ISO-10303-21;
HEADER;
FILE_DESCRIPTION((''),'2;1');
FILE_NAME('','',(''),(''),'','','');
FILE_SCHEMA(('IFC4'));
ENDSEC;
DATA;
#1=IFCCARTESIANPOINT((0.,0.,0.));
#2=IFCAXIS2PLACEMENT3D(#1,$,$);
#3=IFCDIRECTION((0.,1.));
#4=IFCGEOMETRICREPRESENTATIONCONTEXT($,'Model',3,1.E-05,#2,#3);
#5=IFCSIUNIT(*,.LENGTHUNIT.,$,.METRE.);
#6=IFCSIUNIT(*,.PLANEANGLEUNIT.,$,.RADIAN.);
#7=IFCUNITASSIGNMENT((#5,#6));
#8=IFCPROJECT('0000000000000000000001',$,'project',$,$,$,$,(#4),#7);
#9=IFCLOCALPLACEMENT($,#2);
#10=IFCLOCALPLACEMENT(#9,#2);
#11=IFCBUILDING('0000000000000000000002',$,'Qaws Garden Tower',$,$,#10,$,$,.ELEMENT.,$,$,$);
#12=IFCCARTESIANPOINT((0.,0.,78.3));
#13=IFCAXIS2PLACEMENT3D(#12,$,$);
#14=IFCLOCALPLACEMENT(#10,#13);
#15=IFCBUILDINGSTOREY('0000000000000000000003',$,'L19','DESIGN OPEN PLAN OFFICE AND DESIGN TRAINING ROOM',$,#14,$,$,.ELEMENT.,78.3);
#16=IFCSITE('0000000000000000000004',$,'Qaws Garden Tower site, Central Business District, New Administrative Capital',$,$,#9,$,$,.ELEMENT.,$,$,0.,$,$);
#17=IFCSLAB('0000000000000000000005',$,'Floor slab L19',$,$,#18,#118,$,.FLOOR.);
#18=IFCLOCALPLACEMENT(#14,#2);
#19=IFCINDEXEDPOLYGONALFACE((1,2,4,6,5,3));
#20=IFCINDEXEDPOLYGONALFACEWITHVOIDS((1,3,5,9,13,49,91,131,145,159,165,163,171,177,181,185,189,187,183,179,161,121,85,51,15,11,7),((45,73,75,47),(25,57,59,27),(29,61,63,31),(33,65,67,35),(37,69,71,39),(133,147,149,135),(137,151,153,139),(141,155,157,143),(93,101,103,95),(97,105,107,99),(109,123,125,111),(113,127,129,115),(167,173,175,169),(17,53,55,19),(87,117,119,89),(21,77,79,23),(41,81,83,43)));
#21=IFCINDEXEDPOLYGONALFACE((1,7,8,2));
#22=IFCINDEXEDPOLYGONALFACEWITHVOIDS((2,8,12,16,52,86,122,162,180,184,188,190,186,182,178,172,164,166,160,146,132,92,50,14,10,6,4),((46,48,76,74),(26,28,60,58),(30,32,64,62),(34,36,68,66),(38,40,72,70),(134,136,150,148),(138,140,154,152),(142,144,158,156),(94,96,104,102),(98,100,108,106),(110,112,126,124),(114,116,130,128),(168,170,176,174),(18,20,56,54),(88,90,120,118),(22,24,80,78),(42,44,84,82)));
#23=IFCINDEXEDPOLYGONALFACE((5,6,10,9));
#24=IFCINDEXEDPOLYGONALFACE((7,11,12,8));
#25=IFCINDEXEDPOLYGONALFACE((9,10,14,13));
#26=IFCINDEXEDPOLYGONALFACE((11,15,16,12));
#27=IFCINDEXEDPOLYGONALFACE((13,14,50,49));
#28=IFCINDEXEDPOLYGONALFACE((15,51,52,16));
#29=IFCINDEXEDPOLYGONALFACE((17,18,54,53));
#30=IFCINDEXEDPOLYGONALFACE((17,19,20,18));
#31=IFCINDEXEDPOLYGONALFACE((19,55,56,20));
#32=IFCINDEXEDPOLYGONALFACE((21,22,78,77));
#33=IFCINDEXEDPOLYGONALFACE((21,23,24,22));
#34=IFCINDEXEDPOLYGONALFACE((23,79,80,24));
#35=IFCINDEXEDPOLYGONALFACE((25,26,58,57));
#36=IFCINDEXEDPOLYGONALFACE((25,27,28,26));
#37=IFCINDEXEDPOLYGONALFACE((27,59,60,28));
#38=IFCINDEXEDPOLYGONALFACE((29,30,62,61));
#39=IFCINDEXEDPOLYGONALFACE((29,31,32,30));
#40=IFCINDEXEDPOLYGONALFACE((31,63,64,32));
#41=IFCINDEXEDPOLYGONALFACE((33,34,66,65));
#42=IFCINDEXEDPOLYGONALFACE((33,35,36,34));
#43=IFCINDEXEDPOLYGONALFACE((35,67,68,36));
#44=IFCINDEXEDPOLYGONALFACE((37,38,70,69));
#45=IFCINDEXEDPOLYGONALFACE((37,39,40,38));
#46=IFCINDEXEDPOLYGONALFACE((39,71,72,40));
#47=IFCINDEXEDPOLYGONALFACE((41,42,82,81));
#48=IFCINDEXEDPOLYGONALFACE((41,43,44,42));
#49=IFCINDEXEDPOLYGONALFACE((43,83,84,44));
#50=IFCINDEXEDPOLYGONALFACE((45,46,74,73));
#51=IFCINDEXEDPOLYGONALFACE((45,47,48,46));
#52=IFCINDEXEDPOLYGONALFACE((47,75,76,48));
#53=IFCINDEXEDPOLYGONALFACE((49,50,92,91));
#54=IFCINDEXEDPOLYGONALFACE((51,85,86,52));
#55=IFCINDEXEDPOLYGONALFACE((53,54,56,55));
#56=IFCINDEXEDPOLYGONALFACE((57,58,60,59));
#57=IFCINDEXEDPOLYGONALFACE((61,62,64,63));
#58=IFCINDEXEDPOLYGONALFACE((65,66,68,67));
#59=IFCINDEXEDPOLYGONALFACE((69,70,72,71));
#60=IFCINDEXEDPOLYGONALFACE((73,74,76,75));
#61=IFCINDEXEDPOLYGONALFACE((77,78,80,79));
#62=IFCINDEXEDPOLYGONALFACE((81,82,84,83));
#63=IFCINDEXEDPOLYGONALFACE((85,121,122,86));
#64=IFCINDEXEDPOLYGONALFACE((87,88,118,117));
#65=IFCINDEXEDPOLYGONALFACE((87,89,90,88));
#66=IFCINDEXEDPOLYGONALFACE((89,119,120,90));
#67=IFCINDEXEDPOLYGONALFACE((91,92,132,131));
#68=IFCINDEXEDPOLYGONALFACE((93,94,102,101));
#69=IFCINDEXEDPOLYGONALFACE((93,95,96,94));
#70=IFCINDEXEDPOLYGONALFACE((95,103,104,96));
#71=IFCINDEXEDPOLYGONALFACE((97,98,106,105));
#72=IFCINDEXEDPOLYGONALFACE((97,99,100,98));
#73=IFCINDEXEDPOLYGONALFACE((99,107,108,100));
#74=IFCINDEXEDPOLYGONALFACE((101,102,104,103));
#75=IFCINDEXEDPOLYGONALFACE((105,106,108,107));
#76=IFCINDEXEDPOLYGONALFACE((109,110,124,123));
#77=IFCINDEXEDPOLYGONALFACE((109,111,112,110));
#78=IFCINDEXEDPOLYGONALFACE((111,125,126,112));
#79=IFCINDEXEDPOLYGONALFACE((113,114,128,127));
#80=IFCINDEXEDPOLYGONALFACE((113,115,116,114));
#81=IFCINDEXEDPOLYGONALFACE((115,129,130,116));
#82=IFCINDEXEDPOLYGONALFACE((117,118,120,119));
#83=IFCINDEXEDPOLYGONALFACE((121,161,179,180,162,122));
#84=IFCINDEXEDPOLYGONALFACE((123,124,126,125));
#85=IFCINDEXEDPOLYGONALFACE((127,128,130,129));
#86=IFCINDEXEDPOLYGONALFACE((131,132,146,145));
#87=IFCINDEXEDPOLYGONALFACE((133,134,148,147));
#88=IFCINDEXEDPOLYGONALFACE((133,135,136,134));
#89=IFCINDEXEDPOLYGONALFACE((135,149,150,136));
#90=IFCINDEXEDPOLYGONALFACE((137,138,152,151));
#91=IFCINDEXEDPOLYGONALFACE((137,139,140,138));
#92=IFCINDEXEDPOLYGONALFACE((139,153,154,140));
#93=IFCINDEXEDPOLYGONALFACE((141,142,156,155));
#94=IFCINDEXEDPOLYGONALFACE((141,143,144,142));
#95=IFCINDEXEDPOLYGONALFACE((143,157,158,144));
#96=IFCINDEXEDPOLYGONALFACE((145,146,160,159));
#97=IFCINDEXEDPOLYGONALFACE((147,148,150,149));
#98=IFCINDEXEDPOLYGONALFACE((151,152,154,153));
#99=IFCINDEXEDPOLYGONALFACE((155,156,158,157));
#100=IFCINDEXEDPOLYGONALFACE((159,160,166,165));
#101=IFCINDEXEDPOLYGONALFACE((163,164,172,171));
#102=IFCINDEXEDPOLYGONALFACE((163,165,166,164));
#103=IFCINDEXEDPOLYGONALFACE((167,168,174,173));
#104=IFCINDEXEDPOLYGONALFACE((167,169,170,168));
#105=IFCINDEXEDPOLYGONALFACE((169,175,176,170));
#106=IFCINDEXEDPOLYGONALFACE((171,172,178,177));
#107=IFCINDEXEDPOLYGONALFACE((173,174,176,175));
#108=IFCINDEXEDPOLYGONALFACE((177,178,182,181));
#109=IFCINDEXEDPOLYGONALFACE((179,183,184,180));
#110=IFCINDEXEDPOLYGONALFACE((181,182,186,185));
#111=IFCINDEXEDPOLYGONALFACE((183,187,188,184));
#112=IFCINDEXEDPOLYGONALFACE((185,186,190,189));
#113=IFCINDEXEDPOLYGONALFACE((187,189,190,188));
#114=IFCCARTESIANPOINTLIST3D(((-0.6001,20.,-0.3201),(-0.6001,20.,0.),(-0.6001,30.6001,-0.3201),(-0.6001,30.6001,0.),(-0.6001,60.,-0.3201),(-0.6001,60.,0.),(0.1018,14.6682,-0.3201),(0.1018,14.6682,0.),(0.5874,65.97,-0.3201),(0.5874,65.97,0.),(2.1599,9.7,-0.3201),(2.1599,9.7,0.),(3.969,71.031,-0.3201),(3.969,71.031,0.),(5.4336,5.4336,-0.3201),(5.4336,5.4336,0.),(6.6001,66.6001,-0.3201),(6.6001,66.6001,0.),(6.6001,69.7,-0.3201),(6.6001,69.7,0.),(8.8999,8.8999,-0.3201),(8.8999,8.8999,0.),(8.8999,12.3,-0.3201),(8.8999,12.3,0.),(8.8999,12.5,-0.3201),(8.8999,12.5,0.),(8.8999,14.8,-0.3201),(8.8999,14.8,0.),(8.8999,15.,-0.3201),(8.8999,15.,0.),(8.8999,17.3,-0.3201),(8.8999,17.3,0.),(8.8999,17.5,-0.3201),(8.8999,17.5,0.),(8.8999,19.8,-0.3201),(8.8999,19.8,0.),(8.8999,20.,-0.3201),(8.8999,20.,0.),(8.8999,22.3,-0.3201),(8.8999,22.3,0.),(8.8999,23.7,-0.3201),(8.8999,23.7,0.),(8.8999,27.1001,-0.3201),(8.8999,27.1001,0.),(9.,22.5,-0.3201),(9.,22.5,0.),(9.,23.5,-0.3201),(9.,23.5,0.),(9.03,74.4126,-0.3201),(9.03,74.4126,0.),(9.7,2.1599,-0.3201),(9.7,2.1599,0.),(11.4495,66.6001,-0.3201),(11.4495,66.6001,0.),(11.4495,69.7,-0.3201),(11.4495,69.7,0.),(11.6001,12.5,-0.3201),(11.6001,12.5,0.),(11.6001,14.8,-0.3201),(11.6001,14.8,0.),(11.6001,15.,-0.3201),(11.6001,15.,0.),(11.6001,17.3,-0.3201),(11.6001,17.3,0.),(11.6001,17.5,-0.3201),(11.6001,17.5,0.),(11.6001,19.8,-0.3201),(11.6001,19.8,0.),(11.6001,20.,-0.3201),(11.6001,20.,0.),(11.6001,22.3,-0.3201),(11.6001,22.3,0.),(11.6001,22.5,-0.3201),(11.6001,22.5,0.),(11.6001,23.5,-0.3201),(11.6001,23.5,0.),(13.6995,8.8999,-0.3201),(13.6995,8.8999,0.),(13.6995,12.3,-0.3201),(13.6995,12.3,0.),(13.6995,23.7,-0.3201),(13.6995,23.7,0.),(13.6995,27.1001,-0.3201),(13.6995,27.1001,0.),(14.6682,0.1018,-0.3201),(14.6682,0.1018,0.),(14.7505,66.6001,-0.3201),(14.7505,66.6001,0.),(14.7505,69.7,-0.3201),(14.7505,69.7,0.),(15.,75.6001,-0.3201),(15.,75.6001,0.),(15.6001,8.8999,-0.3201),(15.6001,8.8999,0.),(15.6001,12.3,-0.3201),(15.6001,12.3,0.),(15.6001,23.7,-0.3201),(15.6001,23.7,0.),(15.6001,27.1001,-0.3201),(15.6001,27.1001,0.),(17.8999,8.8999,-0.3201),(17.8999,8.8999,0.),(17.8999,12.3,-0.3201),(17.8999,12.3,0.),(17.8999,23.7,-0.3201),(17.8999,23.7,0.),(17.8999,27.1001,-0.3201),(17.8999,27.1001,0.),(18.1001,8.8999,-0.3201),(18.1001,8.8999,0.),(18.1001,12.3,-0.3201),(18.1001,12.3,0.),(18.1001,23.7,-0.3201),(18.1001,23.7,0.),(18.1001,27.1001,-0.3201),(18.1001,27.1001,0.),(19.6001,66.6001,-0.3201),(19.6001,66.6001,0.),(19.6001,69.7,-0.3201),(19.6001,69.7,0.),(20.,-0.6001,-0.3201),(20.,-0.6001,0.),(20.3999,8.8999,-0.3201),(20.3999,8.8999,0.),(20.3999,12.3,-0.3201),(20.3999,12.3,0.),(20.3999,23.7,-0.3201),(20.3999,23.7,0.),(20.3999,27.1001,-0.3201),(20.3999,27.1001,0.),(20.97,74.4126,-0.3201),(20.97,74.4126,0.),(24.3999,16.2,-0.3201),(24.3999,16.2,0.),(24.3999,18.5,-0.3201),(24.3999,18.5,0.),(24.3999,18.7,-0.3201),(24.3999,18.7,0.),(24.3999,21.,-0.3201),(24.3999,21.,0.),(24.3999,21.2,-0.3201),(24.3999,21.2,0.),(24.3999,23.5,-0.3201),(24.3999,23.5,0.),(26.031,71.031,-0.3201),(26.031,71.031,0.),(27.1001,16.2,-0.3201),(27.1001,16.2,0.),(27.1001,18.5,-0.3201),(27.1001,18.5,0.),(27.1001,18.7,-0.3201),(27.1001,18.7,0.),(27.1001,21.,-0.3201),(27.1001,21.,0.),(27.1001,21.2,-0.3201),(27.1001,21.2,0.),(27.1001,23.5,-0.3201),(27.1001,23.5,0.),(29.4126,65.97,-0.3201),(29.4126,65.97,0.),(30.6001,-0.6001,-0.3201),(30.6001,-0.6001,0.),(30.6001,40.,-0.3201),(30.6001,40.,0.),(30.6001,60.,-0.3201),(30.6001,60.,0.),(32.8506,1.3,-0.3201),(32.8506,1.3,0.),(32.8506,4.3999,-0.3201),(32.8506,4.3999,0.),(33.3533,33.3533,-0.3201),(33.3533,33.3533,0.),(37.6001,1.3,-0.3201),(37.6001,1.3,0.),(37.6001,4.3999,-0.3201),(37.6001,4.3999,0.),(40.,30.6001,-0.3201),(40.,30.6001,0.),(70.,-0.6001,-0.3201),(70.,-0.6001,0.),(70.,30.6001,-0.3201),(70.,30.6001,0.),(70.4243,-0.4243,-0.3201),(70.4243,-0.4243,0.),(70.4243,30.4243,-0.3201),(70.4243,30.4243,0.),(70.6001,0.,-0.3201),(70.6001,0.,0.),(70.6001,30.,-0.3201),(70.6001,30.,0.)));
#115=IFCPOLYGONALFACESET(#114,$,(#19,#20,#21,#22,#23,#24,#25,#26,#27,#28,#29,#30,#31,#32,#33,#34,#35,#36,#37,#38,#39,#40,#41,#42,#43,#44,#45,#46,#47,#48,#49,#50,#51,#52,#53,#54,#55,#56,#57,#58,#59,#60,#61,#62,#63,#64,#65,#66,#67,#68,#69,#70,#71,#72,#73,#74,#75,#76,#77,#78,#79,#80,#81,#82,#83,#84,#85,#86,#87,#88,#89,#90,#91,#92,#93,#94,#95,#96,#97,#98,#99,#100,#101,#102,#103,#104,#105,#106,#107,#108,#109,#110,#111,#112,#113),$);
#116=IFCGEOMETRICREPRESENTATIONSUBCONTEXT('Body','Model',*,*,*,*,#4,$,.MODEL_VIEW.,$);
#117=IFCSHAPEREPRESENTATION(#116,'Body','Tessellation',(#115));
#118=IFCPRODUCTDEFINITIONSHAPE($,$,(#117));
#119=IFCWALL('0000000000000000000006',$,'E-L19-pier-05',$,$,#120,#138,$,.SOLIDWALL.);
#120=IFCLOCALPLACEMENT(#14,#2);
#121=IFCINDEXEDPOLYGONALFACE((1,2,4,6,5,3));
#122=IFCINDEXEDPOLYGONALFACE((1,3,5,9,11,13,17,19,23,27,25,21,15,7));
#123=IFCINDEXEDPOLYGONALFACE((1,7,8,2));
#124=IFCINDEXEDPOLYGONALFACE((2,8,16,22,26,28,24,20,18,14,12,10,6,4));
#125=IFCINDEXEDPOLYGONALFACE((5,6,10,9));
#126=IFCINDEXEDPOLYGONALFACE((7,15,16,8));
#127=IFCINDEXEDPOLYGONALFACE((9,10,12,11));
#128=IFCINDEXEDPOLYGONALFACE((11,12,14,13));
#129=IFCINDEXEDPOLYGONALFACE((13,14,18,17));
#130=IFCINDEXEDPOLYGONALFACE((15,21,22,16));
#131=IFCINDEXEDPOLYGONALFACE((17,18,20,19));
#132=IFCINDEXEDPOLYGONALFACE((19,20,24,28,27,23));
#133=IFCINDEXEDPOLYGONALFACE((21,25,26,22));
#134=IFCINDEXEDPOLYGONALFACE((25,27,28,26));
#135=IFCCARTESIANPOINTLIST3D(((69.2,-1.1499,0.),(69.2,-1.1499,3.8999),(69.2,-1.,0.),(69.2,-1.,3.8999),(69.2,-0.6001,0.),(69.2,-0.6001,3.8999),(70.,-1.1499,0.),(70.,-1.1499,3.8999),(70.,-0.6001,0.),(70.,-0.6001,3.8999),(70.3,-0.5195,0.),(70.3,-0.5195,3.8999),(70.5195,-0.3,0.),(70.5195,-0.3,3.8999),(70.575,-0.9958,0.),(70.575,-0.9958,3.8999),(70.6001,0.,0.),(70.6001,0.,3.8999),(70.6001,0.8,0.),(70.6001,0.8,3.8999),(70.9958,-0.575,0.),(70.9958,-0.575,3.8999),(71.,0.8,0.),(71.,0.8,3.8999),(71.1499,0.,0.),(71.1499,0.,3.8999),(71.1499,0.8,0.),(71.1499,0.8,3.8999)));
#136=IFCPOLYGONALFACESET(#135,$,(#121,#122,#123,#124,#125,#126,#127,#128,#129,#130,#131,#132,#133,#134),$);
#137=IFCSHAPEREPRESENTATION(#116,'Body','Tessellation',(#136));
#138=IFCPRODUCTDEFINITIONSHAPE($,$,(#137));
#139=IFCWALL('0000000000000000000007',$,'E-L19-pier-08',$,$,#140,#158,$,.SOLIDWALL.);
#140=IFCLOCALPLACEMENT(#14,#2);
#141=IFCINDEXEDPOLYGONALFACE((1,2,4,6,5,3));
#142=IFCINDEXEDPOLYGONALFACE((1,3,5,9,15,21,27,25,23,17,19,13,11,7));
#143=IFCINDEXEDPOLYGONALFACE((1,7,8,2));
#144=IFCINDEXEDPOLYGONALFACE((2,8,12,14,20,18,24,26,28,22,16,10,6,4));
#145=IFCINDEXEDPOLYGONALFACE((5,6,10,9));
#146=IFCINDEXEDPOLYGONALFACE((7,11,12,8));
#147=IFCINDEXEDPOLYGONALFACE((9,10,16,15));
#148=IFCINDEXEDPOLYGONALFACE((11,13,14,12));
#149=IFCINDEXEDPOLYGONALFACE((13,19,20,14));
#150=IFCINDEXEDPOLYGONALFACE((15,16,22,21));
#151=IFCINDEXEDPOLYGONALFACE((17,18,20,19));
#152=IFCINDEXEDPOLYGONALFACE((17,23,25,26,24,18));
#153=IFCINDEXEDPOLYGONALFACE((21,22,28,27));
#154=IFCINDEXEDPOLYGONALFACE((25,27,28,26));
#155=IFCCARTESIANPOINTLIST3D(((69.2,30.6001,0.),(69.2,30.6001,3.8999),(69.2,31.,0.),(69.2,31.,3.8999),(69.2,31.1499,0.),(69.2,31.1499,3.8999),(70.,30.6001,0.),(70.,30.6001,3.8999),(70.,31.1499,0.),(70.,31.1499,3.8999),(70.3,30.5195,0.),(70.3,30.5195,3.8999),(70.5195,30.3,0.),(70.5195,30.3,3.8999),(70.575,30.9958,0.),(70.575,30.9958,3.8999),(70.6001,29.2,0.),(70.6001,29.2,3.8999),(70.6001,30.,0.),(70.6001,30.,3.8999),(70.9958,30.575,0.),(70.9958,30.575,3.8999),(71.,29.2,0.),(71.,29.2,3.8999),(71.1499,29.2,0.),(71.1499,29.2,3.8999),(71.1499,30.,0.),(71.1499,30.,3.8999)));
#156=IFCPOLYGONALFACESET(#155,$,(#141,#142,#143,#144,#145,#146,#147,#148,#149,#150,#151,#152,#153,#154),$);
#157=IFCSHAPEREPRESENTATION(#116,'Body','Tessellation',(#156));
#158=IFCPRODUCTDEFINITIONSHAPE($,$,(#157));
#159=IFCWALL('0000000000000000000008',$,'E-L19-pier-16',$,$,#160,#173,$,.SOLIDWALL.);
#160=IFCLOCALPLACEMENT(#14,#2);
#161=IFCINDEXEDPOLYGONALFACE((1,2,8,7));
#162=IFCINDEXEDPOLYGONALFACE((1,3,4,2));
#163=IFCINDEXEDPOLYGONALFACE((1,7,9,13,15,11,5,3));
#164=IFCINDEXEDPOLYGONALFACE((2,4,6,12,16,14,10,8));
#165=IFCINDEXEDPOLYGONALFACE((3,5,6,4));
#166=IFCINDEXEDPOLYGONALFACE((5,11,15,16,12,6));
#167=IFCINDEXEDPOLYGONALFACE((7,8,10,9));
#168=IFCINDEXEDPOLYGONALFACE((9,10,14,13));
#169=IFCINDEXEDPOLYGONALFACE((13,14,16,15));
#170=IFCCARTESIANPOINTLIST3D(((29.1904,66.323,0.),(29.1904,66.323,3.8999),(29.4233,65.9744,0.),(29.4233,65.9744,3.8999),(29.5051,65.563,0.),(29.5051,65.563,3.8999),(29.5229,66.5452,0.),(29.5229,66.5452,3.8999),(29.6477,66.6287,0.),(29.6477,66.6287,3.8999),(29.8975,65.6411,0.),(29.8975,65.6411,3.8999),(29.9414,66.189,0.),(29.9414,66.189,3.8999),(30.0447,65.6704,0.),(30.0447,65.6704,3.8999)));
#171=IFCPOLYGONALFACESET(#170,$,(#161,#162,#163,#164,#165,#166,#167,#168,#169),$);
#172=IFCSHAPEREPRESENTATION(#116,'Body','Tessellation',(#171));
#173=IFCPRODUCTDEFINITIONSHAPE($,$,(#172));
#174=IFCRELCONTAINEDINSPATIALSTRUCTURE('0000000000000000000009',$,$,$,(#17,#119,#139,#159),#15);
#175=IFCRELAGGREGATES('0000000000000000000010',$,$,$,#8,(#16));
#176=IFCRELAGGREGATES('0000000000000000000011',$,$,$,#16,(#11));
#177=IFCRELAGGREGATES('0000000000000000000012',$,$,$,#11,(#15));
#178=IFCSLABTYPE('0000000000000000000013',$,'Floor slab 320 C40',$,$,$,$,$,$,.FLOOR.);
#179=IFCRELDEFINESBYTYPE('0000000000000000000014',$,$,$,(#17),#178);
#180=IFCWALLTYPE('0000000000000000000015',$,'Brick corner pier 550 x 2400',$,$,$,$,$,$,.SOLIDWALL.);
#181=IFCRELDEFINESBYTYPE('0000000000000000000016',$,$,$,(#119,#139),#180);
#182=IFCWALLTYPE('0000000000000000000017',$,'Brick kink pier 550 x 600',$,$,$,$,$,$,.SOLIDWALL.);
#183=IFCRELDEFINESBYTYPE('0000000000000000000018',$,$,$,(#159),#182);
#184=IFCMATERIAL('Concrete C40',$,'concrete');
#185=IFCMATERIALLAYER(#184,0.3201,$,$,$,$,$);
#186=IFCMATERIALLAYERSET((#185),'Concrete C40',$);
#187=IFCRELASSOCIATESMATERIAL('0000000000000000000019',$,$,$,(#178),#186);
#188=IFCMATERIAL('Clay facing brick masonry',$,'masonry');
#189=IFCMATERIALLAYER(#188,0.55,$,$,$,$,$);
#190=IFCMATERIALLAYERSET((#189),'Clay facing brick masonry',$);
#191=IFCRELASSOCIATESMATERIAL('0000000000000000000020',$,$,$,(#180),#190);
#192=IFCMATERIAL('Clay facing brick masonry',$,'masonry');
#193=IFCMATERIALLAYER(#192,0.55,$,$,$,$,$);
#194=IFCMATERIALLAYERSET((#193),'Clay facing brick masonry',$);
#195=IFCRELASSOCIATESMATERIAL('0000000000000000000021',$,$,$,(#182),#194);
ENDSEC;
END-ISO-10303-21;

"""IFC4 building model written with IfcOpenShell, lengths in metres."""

from ifc_helpers import new_model, si_unit, direction, frame, origin, place, context, subcontext, project, spatial, polyline, outline, extrude, material, layer, layer_set, type_object, element, save


model = new_model("IFC4")

# Units and contexts
model_context = context("Model", 3, precision=1e-05, world=origin(), true_north=direction((0.0, 1.0)))
body_context = subcontext(model_context, "Body", "Model", "MODEL_VIEW")
ifc_project = project(units=[si_unit("LENGTHUNIT", "METRE"), si_unit("PLANEANGLEUNIT", "RADIAN")], contexts=[model_context])

# Site, building, storey
site_placement = place(None, origin())
site = spatial("IfcSite", under=ifc_project, at=site_placement, Name="Qaws Garden Tower site, Central Business District, New Administrative Capital", CompositionType="ELEMENT", RefElevation=0.0)
building_placement = place(site_placement, origin())
building = spatial("IfcBuilding", under=site, at=building_placement, Name="Qaws Garden Tower", CompositionType="ELEMENT")
storey_placement = place(building_placement, frame((0.0, 0.0, 78.3)))
storey = spatial("IfcBuildingStorey", under=building, at=storey_placement, Name="L19", Description="DESIGN OPEN PLAN OFFICE AND DESIGN TRAINING ROOM", CompositionType="ELEMENT", Elevation=78.3)

# Slab
ifc_material_1 = material(Name="Concrete C40", Category="concrete")
ifc_layer_1 = layer(ifc_material_1, 0.3201)
ifc_layer_set_1 = layer_set([ifc_layer_1], Name="Concrete C40")
slab_type = type_object("IfcSlabType", Name="Floor slab 320 C40", PredefinedType="FLOOR", material=ifc_layer_set_1)
slab_placement = place(storey_placement, frame((0.0, 0.0, -0.3201)))
element("IfcSlab", 1, at=slab_placement, inside=storey, type_object=slab_type, Name="Floor slab L19", PredefinedType="FLOOR", context=body_context, shape_type="SweptSolid", body=[
    extrude(outline(polyline([(0.1018, 14.6682), (-0.6001, 20.0), (-0.6001, 30.6001), (-0.6001, 60.0), (-0.6001, 60.0), (0.5874, 65.97), (3.969, 71.031), (9.03, 74.4126), (15.0, 75.6001), (20.97, 74.4126), (26.031, 71.031), (29.4126, 65.97), (30.6001, 60.0), (30.6001, 40.0), (33.3533, 33.3533), (40.0, 30.6001), (70.0, 30.6001), (70.4243, 30.4243), (70.6001, 30.0), (70.6001, 0.0), (70.4243, -0.4243), (70.0, -0.6001), (30.6001, -0.6001), (20.0, -0.6001), (14.6682, 0.1018), (9.7, 2.1599), (5.4336, 5.4336), (2.1599, 9.7), (0.1018, 14.6682)]), holes=[polyline([(13.6995, 12.3), (8.8999, 12.3), (8.8999, 8.8999), (13.6995, 8.8999), (13.6995, 12.3)]), polyline([(17.8999, 12.3), (15.6001, 12.3), (15.6001, 8.8999), (17.8999, 8.8999), (17.8999, 12.3)]), polyline([(11.6001, 14.8), (8.8999, 14.8), (8.8999, 12.5), (11.6001, 12.5), (11.6001, 14.8)]), polyline([(11.6001, 17.3), (8.8999, 17.3), (8.8999, 15.0), (11.6001, 15.0), (11.6001, 17.3)]), polyline([(11.6001, 19.8), (8.8999, 19.8), (8.8999, 17.5), (11.6001, 17.5), (11.6001, 19.8)]), polyline([(11.6001, 22.3), (8.8999, 22.3), (8.8999, 20.0), (11.6001, 20.0), (11.6001, 22.3)]), polyline([(11.6001, 23.5), (9.0, 23.5), (9.0, 22.5), (11.6001, 22.5), (11.6001, 23.5)]), polyline([(13.6995, 27.1001), (8.8999, 27.1001), (8.8999, 23.7), (13.6995, 23.7), (13.6995, 27.1001)]), polyline([(11.4495, 69.7), (6.6001, 69.7), (6.6001, 66.6001), (11.4495, 66.6001), (11.4495, 69.7)]), polyline([(37.6001, 4.3999), (32.8506, 4.3999), (32.8506, 1.3), (37.6001, 1.3), (37.6001, 4.3999)]), polyline([(20.3999, 12.3), (18.1001, 12.3), (18.1001, 8.8999), (20.3999, 8.8999), (20.3999, 12.3)]), polyline([(27.1001, 18.5), (24.3999, 18.5), (24.3999, 16.2), (27.1001, 16.2), (27.1001, 18.5)]), polyline([(27.1001, 21.0), (24.3999, 21.0), (24.3999, 18.7), (27.1001, 18.7), (27.1001, 21.0)]), polyline([(27.1001, 23.5), (24.3999, 23.5), (24.3999, 21.2), (27.1001, 21.2), (27.1001, 23.5)]), polyline([(17.8999, 27.1001), (15.6001, 27.1001), (15.6001, 23.7), (17.8999, 23.7), (17.8999, 27.1001)]), polyline([(20.3999, 23.7), (20.3999, 27.1001), (18.1001, 27.1001), (18.1001, 23.7), (20.3999, 23.7)]), polyline([(19.6001, 66.6001), (19.6001, 69.7), (14.7505, 69.7), (14.7505, 66.6001), (19.6001, 66.6001)])]), origin(), (0.0, 0.0, 1.0), 0.3201),
])

# Walls
ifc_material_2 = material(Name="Clay facing brick masonry", Category="masonry")
ifc_layer_2 = layer(ifc_material_2, 0.55)
ifc_layer_set_2 = layer_set([ifc_layer_2], Name="Clay facing brick masonry")
wall_type_1 = type_object("IfcWallType", Name="Brick corner pier 550 x 2400", PredefinedType="SOLIDWALL", material=ifc_layer_set_2)
placement = place(storey_placement, origin())
element("IfcWall", 2, at=placement, inside=storey, type_object=wall_type_1, Name="E-L19-pier-05", PredefinedType="SOLIDWALL", context=body_context, shape_type="SweptSolid", body=[
    extrude(outline(polyline([(69.2, -1.0), (69.2, -1.1499), (70.0, -1.1499), (70.575, -0.9958), (70.9958, -0.575), (71.1499, 0.0), (71.1499, 0.8), (71.0, 0.8), (70.6001, 0.8), (70.6001, 0.0), (70.5195, -0.3), (70.3, -0.5195), (70.0, -0.6001), (69.2, -0.6001), (69.2, -1.0)])), origin(), (0.0, 0.0, 1.0), 3.8999),
])
element("IfcWall", 3, at=placement, inside=storey, type_object=wall_type_1, Name="E-L19-pier-08", PredefinedType="SOLIDWALL", context=body_context, shape_type="SweptSolid", body=[
    extrude(outline(polyline([(71.0, 29.2), (71.1499, 29.2), (71.1499, 30.0), (70.9958, 30.575), (70.575, 30.9958), (70.0, 31.1499), (69.2, 31.1499), (69.2, 31.0), (69.2, 30.6001), (70.0, 30.6001), (70.3, 30.5195), (70.5195, 30.3), (70.6001, 30.0), (70.6001, 29.2), (71.0, 29.2)])), origin(), (0.0, 0.0, 1.0), 3.8999),
])
ifc_material_3 = material(Name="Clay facing brick masonry", Category="masonry")
ifc_layer_3 = layer(ifc_material_3, 0.55)
ifc_layer_set_3 = layer_set([ifc_layer_3], Name="Clay facing brick masonry")
wall_type_2 = type_object("IfcWallType", Name="Brick kink pier 550 x 600", PredefinedType="SOLIDWALL", material=ifc_layer_set_3)
element("IfcWall", 4, at=placement, inside=storey, type_object=wall_type_2, Name="E-L19-pier-16", PredefinedType="SOLIDWALL", context=body_context, shape_type="SweptSolid", body=[
    extrude(outline(polyline([(29.8975, 65.6411), (30.0447, 65.6704), (29.9414, 66.189), (29.6477, 66.6287), (29.5229, 66.5452), (29.1904, 66.323), (29.4233, 65.9744), (29.5051, 65.563), (29.8975, 65.6411)])), origin(), (0.0, 0.0, 1.0), 3.8999),
])

save(model, "model.ifc")
